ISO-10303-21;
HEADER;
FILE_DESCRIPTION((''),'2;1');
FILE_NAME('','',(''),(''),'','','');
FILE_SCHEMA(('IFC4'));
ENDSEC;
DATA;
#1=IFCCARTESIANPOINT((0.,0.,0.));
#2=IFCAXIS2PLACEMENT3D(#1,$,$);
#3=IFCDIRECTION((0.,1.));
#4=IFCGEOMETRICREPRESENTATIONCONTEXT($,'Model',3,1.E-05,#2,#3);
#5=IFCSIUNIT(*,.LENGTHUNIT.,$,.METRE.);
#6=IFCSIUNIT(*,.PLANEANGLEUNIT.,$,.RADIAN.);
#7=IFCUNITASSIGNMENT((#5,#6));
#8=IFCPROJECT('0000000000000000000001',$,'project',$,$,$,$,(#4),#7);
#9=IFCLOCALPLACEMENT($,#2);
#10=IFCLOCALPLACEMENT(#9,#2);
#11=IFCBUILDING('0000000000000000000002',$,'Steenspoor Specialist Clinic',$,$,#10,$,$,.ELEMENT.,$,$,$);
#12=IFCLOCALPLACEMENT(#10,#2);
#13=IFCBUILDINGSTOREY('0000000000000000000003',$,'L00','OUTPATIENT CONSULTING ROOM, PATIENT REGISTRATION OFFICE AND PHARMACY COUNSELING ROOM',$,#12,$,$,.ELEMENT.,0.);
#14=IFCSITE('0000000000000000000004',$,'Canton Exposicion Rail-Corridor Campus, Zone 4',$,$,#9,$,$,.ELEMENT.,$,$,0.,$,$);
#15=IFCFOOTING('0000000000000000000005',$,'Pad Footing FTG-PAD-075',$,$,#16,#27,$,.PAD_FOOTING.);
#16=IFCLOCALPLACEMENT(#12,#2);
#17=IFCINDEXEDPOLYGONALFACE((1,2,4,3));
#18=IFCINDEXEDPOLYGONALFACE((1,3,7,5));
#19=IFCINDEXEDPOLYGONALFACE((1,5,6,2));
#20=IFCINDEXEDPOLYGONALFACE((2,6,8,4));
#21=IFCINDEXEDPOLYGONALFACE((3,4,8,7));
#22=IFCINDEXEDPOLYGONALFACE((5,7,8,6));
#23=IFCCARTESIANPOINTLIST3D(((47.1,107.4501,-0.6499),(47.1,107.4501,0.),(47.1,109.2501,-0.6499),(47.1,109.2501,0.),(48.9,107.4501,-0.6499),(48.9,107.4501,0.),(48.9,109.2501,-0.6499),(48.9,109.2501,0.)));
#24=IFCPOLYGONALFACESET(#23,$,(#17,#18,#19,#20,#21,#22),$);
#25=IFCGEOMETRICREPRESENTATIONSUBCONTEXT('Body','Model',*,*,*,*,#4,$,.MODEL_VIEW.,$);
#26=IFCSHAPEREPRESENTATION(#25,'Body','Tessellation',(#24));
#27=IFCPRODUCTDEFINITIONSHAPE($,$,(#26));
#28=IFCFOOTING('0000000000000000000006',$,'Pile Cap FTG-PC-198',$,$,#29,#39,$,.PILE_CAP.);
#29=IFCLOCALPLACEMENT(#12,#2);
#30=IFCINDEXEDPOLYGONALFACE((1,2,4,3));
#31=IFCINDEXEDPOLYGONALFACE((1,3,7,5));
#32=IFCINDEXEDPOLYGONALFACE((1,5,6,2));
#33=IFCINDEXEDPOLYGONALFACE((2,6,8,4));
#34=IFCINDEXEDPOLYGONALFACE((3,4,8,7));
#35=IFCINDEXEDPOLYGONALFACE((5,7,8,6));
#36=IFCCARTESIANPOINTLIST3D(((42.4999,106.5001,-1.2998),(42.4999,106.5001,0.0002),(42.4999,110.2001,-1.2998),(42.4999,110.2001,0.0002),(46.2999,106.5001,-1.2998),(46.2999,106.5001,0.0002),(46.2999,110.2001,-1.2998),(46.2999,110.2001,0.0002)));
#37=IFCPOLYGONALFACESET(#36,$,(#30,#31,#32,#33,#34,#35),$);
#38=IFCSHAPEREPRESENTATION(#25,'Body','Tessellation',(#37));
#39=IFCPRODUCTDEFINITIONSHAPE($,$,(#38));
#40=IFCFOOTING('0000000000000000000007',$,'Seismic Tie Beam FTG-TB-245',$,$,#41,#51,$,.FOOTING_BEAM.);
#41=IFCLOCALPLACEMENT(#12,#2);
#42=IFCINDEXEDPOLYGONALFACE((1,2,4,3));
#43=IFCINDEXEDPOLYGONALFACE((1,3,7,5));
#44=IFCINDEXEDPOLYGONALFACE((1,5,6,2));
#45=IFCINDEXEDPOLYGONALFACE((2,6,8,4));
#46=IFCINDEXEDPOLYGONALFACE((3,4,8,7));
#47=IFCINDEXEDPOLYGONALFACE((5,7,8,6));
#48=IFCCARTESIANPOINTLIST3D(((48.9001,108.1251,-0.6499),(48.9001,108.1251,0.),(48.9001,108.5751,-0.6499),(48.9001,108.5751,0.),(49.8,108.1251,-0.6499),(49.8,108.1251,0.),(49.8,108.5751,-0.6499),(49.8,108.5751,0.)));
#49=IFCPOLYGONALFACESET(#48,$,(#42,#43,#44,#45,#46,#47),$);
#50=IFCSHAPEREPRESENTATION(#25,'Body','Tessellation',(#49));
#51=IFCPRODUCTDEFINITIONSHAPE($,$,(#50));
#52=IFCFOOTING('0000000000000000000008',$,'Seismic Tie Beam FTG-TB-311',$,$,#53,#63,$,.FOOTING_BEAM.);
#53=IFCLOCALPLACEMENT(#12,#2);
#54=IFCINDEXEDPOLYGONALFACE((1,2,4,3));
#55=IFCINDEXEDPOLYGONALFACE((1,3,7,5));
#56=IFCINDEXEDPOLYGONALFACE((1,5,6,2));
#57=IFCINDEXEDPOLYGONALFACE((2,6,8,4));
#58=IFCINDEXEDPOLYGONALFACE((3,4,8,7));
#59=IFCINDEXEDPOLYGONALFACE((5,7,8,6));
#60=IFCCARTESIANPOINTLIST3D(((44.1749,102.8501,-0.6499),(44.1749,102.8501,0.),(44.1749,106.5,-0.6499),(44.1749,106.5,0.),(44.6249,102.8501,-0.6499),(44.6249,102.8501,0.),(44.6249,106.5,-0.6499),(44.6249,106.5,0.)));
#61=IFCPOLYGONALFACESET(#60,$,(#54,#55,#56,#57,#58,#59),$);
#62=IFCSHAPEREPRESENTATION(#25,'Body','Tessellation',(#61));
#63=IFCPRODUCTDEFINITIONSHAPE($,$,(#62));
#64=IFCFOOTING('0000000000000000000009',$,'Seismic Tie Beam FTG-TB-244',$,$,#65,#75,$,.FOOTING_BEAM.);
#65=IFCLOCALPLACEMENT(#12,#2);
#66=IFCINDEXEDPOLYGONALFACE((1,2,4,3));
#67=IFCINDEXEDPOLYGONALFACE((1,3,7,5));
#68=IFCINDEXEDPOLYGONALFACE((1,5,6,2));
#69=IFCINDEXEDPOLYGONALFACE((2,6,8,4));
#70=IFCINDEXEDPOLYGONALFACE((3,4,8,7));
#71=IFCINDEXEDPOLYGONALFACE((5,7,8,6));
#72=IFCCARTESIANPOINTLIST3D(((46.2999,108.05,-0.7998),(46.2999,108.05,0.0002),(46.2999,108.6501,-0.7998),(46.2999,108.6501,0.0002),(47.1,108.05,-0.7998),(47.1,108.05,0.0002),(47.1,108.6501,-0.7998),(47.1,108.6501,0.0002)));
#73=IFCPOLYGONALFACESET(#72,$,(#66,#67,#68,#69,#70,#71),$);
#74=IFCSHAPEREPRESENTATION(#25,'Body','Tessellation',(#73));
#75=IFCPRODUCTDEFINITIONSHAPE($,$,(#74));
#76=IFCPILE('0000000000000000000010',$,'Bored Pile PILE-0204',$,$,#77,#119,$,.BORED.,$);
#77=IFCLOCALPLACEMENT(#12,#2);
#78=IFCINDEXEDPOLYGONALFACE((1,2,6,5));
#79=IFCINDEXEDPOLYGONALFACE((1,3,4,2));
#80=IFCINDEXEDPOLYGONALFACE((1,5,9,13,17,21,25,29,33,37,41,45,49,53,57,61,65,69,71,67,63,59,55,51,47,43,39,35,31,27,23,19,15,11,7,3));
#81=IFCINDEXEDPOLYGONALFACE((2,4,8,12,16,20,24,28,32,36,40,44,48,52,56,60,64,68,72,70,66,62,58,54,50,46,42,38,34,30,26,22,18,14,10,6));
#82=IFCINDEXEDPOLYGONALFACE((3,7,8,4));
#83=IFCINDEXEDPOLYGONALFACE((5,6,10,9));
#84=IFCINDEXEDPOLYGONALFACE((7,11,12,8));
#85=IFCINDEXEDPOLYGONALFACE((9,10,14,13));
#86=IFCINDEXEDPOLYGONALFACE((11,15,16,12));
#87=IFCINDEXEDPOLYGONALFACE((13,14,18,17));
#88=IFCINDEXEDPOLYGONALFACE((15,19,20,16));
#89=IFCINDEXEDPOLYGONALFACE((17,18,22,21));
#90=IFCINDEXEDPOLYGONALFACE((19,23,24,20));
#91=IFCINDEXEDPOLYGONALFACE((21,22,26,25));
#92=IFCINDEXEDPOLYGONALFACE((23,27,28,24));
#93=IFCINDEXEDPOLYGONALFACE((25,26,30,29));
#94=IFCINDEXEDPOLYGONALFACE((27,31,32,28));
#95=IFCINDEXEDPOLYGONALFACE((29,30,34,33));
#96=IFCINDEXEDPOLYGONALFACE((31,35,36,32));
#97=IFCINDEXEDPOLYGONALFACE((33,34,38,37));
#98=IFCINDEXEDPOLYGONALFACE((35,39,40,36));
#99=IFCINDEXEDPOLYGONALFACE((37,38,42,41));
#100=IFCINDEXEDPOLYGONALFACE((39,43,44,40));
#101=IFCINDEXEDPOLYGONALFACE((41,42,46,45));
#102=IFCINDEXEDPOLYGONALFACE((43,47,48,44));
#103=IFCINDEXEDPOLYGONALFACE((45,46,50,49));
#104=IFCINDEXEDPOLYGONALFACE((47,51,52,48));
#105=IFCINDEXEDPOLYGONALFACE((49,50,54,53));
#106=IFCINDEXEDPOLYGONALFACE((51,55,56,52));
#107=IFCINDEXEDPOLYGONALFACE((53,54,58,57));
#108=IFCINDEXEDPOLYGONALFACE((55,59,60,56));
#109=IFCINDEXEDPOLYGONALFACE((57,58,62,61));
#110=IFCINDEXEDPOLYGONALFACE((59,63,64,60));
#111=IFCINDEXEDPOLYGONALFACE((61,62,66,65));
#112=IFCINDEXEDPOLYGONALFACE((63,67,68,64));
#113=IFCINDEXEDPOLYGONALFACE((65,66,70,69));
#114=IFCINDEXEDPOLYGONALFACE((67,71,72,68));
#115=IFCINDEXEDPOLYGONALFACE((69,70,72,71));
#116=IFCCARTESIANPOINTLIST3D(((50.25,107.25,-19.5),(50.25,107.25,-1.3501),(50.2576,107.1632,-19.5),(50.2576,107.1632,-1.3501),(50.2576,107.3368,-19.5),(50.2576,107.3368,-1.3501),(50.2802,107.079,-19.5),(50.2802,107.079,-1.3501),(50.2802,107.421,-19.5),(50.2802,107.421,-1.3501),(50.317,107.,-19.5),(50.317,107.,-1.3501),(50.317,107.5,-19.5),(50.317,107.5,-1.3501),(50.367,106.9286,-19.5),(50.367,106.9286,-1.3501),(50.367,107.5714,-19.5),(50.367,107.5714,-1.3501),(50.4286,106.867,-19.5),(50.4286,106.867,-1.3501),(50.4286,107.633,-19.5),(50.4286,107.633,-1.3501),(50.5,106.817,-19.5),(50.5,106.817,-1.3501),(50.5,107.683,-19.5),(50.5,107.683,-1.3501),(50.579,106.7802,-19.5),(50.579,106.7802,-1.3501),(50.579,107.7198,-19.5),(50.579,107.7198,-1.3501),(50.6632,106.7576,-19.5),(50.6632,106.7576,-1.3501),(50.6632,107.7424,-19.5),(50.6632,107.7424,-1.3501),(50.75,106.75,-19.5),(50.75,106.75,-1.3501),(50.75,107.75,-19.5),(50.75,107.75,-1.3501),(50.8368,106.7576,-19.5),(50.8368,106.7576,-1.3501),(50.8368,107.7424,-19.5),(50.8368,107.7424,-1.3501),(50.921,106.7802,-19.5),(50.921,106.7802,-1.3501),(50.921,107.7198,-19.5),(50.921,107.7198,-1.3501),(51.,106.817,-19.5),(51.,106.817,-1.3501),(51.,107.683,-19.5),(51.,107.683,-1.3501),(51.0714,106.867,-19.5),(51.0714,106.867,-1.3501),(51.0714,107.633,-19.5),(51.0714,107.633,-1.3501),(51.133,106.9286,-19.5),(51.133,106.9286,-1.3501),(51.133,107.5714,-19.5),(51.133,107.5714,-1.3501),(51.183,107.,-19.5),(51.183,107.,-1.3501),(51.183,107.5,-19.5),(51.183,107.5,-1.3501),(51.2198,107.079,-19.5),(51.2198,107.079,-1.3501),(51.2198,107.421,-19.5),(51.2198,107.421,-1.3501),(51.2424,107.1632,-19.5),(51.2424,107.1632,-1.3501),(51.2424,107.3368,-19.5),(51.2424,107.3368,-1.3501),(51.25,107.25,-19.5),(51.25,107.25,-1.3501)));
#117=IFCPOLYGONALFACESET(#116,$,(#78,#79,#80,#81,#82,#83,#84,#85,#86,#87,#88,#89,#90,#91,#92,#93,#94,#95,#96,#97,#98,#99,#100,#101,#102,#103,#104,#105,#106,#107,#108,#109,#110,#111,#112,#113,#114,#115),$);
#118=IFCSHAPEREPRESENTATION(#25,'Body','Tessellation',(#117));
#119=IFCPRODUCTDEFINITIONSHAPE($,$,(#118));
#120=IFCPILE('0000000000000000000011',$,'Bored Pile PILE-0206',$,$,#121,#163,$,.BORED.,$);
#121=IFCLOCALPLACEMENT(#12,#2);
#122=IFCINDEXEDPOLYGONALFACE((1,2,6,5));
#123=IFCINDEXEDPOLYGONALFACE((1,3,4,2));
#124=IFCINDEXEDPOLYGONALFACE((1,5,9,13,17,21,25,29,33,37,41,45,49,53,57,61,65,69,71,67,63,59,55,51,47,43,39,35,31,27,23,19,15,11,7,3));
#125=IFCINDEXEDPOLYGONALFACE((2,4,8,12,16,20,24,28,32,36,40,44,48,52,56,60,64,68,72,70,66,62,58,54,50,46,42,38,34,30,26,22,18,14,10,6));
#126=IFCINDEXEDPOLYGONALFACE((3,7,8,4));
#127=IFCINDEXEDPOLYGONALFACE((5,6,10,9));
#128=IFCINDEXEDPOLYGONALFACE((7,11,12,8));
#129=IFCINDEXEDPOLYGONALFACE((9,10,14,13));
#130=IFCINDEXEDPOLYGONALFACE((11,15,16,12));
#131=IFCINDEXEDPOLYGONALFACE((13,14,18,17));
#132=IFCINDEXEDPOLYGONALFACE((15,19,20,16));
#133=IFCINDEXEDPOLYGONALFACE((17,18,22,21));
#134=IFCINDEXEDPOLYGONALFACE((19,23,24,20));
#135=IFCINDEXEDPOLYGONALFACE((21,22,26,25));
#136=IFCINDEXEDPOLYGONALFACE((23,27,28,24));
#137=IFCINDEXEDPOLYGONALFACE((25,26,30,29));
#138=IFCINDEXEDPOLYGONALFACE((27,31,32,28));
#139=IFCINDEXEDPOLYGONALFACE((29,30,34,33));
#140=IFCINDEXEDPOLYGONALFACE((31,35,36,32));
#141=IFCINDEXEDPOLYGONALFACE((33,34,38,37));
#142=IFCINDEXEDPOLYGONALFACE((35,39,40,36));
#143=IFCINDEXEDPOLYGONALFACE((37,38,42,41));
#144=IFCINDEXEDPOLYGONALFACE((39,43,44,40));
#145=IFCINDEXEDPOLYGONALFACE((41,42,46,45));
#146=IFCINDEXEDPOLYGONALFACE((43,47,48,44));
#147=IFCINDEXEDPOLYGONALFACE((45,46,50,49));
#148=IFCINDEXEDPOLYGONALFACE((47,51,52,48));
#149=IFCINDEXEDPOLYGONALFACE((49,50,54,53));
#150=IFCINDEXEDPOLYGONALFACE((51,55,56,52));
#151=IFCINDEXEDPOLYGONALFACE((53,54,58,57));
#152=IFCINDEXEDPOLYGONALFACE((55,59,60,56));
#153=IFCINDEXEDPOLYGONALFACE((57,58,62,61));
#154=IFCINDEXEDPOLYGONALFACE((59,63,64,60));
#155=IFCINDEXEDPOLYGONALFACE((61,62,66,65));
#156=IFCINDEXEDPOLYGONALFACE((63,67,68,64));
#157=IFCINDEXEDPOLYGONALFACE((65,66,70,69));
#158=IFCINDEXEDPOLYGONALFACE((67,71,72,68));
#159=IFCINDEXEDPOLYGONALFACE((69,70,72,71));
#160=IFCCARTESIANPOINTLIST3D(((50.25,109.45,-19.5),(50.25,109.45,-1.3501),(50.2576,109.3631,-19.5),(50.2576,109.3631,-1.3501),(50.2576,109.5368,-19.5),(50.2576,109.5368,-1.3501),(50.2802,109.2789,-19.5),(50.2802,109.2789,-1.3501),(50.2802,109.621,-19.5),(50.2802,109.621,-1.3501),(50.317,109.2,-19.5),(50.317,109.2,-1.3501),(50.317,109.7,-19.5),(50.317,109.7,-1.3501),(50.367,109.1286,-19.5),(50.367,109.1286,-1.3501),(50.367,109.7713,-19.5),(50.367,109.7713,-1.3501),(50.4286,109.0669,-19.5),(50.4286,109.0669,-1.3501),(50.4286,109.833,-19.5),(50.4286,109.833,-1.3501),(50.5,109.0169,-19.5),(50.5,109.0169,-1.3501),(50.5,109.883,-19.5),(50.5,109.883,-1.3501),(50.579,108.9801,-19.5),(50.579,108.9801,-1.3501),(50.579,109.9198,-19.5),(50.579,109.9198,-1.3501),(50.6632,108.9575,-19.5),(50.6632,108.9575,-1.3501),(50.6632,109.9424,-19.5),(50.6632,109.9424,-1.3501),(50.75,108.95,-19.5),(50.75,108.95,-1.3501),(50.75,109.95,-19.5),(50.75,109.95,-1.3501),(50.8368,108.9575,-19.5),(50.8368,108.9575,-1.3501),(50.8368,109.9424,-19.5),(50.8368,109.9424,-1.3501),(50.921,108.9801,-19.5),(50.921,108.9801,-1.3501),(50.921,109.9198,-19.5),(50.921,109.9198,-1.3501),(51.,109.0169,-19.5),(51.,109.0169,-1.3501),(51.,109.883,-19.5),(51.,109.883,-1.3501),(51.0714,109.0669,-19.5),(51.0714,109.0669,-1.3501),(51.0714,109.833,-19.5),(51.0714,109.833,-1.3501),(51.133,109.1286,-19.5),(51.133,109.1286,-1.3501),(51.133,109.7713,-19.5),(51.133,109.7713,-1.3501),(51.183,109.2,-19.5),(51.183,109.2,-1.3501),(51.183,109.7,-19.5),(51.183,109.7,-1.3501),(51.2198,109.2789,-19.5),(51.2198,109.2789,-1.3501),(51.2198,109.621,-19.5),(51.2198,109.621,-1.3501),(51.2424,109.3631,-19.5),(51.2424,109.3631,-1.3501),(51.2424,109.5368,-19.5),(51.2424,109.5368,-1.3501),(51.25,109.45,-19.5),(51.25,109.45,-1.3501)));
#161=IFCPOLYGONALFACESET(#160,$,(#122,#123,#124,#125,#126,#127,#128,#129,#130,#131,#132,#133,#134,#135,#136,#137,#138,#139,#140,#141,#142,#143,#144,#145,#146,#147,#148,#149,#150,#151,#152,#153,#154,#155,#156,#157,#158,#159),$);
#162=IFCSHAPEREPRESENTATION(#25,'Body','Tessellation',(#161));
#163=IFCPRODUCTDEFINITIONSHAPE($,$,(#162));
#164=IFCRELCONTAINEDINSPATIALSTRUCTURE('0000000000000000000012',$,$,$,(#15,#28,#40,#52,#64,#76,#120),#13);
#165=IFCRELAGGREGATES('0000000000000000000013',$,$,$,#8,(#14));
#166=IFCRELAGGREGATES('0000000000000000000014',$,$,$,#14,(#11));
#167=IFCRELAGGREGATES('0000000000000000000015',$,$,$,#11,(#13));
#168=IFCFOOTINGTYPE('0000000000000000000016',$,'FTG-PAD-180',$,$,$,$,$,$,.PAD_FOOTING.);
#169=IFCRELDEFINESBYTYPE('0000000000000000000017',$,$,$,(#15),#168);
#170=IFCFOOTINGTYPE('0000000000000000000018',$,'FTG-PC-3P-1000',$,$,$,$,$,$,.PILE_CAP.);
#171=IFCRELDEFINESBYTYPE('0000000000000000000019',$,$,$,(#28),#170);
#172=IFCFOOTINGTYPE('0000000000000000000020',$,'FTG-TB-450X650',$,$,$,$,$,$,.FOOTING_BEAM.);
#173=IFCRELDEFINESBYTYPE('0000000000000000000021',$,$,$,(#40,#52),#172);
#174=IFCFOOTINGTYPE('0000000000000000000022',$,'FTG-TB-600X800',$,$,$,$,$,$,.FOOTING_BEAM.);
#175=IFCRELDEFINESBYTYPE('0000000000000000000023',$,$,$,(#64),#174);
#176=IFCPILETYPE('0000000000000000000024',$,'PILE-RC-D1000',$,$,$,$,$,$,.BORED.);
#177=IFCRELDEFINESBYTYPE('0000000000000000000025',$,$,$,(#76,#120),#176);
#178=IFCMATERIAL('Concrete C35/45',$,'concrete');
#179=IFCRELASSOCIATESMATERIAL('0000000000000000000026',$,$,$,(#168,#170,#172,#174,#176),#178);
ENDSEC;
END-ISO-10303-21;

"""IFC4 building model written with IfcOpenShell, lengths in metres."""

from ifc_helpers import new_model, si_unit, direction, frame, origin, origin_2d, place, context, subcontext, project, spatial, rectangle, circle, extrude, material, material_profile, profile_set, type_object, element, save


model = new_model("IFC4")

# Units and contexts
model_context = context("Model", 3, precision=1e-05, world=origin(), true_north=direction((0.0, 1.0)))
body_context = subcontext(model_context, "Body", "Model", "MODEL_VIEW")
ifc_project = project(units=[si_unit("LENGTHUNIT", "METRE"), si_unit("PLANEANGLEUNIT", "RADIAN")], contexts=[model_context])

# Site, building, storey
site_placement = place(None, origin())
site = spatial("IfcSite", under=ifc_project, at=site_placement, Name="Canton Exposicion Rail-Corridor Campus, Zone 4", CompositionType="ELEMENT", RefElevation=0.0)
building_placement = place(site_placement, origin())
building = spatial("IfcBuilding", under=site, at=building_placement, Name="Steenspoor Specialist Clinic", CompositionType="ELEMENT")
storey_placement = place(building_placement, origin())
storey = spatial("IfcBuildingStorey", under=building, at=storey_placement, Name="L00", Description="OUTPATIENT CONSULTING ROOM, PATIENT REGISTRATION OFFICE AND PHARMACY COUNSELING ROOM", CompositionType="ELEMENT", Elevation=0.0)

# Footings
ifc_material_1 = material(Name="Concrete C35/45", Category="concrete")
footing_type_1 = type_object("IfcFootingType", Name="FTG-PAD-180", PredefinedType="PAD_FOOTING", material=ifc_material_1)
footing_1_placement = place(storey_placement, frame((48.0, 108.3501, -0.6499), z_axis=(0.0, 0.0, 1.0), x_axis=(1.0, 0.0, 0.0)))
element("IfcFooting", 1, at=footing_1_placement, inside=storey, type_object=footing_type_1, Name="Pad Footing FTG-PAD-075", PredefinedType="PAD_FOOTING", context=body_context, shape_type="SweptSolid", body=[
    extrude(rectangle(XDim=1.8, YDim=1.8, at=origin_2d()), origin(), (0.0, 0.0, 1.0), 0.6499),
])
footing_type_2 = type_object("IfcFootingType", Name="FTG-PC-3P-1000", PredefinedType="PILE_CAP", material=ifc_material_1)
footing_2_placement = place(storey_placement, frame((44.3999, 108.3501, -1.2998), z_axis=(0.0, 0.0, 1.0), x_axis=(1.0, 0.0, 0.0)))
element("IfcFooting", 2, at=footing_2_placement, inside=storey, type_object=footing_type_2, Name="Pile Cap FTG-PC-198", PredefinedType="PILE_CAP", context=body_context, shape_type="SweptSolid", body=[
    extrude(rectangle(XDim=3.8, YDim=3.7, at=origin_2d()), origin(), (0.0, 0.0, 1.0), 1.3),
])
footing_type_3 = type_object("IfcFootingType", Name="FTG-TB-450X650", PredefinedType="FOOTING_BEAM", material=ifc_material_1)
footing_3_placement = place(storey_placement, frame((49.3501, 108.3501, -0.6499), z_axis=(0.0, 0.0, 1.0), x_axis=(1.0, 0.0, 0.0)))
element("IfcFooting", 3, at=footing_3_placement, inside=storey, type_object=footing_type_3, Name="Seismic Tie Beam FTG-TB-245", PredefinedType="FOOTING_BEAM", context=body_context, shape_type="SweptSolid", body=[
    extrude(rectangle(XDim=0.8999, YDim=0.45, at=origin_2d()), origin(), (0.0, 0.0, 1.0), 0.6499),
])
footing_4_placement = place(storey_placement, frame((44.3999, 104.675, -0.6499), z_axis=(0.0, 0.0, 1.0), x_axis=(1.0, 0.0, 0.0)))
element("IfcFooting", 4, at=footing_4_placement, inside=storey, type_object=footing_type_3, Name="Seismic Tie Beam FTG-TB-311", PredefinedType="FOOTING_BEAM", context=body_context, shape_type="SweptSolid", body=[
    extrude(rectangle(XDim=0.45, YDim=3.6499, at=origin_2d()), origin(), (0.0, 0.0, 1.0), 0.6499),
])
footing_type_4 = type_object("IfcFootingType", Name="FTG-TB-600X800", PredefinedType="FOOTING_BEAM", material=ifc_material_1)
footing_5_placement = place(storey_placement, frame((46.7, 108.3501, -0.7998), z_axis=(0.0, 0.0, 1.0), x_axis=(1.0, 0.0, 0.0)))
element("IfcFooting", 5, at=footing_5_placement, inside=storey, type_object=footing_type_4, Name="Seismic Tie Beam FTG-TB-244", PredefinedType="FOOTING_BEAM", context=body_context, shape_type="SweptSolid", body=[
    extrude(rectangle(XDim=0.8, YDim=0.6001, at=origin_2d()), origin(), (0.0, 0.0, 1.0), 0.8),
])

# Piles
ifc_material_profile_1 = material_profile(ifc_material_1, circle(Radius=0.5, at=origin_2d()), Name="PILE-D1000")
ifc_profile_set_1 = profile_set([ifc_material_profile_1], Name="Concrete C35/45")
pile_type = type_object("IfcPileType", Name="PILE-RC-D1000", PredefinedType="BORED", material=ifc_profile_set_1)
for number, where, z_axis, x_axis, name in (
    (6, (50.75, 107.25, -1.3501), (0.0, 0.0, -1.0), (1.0, 0.0, 0.0), "Bored Pile PILE-0204"),
    (7, (50.75, 109.45, -1.3501), (0.0, 0.0, -1.0), (1.0, 0.0, 0.0), "Bored Pile PILE-0206"),
):
    element("IfcPile", number, at=place(storey_placement, frame(where, z_axis=z_axis, x_axis=x_axis)), inside=storey, type_object=pile_type, Name=name, PredefinedType="BORED", context=body_context, shape_type="SweptSolid", body=[
        extrude(circle(Radius=0.5, at=origin_2d()), origin(), (0.0, 0.0, 1.0), 18.1499),
    ])

save(model, "model.ifc")
